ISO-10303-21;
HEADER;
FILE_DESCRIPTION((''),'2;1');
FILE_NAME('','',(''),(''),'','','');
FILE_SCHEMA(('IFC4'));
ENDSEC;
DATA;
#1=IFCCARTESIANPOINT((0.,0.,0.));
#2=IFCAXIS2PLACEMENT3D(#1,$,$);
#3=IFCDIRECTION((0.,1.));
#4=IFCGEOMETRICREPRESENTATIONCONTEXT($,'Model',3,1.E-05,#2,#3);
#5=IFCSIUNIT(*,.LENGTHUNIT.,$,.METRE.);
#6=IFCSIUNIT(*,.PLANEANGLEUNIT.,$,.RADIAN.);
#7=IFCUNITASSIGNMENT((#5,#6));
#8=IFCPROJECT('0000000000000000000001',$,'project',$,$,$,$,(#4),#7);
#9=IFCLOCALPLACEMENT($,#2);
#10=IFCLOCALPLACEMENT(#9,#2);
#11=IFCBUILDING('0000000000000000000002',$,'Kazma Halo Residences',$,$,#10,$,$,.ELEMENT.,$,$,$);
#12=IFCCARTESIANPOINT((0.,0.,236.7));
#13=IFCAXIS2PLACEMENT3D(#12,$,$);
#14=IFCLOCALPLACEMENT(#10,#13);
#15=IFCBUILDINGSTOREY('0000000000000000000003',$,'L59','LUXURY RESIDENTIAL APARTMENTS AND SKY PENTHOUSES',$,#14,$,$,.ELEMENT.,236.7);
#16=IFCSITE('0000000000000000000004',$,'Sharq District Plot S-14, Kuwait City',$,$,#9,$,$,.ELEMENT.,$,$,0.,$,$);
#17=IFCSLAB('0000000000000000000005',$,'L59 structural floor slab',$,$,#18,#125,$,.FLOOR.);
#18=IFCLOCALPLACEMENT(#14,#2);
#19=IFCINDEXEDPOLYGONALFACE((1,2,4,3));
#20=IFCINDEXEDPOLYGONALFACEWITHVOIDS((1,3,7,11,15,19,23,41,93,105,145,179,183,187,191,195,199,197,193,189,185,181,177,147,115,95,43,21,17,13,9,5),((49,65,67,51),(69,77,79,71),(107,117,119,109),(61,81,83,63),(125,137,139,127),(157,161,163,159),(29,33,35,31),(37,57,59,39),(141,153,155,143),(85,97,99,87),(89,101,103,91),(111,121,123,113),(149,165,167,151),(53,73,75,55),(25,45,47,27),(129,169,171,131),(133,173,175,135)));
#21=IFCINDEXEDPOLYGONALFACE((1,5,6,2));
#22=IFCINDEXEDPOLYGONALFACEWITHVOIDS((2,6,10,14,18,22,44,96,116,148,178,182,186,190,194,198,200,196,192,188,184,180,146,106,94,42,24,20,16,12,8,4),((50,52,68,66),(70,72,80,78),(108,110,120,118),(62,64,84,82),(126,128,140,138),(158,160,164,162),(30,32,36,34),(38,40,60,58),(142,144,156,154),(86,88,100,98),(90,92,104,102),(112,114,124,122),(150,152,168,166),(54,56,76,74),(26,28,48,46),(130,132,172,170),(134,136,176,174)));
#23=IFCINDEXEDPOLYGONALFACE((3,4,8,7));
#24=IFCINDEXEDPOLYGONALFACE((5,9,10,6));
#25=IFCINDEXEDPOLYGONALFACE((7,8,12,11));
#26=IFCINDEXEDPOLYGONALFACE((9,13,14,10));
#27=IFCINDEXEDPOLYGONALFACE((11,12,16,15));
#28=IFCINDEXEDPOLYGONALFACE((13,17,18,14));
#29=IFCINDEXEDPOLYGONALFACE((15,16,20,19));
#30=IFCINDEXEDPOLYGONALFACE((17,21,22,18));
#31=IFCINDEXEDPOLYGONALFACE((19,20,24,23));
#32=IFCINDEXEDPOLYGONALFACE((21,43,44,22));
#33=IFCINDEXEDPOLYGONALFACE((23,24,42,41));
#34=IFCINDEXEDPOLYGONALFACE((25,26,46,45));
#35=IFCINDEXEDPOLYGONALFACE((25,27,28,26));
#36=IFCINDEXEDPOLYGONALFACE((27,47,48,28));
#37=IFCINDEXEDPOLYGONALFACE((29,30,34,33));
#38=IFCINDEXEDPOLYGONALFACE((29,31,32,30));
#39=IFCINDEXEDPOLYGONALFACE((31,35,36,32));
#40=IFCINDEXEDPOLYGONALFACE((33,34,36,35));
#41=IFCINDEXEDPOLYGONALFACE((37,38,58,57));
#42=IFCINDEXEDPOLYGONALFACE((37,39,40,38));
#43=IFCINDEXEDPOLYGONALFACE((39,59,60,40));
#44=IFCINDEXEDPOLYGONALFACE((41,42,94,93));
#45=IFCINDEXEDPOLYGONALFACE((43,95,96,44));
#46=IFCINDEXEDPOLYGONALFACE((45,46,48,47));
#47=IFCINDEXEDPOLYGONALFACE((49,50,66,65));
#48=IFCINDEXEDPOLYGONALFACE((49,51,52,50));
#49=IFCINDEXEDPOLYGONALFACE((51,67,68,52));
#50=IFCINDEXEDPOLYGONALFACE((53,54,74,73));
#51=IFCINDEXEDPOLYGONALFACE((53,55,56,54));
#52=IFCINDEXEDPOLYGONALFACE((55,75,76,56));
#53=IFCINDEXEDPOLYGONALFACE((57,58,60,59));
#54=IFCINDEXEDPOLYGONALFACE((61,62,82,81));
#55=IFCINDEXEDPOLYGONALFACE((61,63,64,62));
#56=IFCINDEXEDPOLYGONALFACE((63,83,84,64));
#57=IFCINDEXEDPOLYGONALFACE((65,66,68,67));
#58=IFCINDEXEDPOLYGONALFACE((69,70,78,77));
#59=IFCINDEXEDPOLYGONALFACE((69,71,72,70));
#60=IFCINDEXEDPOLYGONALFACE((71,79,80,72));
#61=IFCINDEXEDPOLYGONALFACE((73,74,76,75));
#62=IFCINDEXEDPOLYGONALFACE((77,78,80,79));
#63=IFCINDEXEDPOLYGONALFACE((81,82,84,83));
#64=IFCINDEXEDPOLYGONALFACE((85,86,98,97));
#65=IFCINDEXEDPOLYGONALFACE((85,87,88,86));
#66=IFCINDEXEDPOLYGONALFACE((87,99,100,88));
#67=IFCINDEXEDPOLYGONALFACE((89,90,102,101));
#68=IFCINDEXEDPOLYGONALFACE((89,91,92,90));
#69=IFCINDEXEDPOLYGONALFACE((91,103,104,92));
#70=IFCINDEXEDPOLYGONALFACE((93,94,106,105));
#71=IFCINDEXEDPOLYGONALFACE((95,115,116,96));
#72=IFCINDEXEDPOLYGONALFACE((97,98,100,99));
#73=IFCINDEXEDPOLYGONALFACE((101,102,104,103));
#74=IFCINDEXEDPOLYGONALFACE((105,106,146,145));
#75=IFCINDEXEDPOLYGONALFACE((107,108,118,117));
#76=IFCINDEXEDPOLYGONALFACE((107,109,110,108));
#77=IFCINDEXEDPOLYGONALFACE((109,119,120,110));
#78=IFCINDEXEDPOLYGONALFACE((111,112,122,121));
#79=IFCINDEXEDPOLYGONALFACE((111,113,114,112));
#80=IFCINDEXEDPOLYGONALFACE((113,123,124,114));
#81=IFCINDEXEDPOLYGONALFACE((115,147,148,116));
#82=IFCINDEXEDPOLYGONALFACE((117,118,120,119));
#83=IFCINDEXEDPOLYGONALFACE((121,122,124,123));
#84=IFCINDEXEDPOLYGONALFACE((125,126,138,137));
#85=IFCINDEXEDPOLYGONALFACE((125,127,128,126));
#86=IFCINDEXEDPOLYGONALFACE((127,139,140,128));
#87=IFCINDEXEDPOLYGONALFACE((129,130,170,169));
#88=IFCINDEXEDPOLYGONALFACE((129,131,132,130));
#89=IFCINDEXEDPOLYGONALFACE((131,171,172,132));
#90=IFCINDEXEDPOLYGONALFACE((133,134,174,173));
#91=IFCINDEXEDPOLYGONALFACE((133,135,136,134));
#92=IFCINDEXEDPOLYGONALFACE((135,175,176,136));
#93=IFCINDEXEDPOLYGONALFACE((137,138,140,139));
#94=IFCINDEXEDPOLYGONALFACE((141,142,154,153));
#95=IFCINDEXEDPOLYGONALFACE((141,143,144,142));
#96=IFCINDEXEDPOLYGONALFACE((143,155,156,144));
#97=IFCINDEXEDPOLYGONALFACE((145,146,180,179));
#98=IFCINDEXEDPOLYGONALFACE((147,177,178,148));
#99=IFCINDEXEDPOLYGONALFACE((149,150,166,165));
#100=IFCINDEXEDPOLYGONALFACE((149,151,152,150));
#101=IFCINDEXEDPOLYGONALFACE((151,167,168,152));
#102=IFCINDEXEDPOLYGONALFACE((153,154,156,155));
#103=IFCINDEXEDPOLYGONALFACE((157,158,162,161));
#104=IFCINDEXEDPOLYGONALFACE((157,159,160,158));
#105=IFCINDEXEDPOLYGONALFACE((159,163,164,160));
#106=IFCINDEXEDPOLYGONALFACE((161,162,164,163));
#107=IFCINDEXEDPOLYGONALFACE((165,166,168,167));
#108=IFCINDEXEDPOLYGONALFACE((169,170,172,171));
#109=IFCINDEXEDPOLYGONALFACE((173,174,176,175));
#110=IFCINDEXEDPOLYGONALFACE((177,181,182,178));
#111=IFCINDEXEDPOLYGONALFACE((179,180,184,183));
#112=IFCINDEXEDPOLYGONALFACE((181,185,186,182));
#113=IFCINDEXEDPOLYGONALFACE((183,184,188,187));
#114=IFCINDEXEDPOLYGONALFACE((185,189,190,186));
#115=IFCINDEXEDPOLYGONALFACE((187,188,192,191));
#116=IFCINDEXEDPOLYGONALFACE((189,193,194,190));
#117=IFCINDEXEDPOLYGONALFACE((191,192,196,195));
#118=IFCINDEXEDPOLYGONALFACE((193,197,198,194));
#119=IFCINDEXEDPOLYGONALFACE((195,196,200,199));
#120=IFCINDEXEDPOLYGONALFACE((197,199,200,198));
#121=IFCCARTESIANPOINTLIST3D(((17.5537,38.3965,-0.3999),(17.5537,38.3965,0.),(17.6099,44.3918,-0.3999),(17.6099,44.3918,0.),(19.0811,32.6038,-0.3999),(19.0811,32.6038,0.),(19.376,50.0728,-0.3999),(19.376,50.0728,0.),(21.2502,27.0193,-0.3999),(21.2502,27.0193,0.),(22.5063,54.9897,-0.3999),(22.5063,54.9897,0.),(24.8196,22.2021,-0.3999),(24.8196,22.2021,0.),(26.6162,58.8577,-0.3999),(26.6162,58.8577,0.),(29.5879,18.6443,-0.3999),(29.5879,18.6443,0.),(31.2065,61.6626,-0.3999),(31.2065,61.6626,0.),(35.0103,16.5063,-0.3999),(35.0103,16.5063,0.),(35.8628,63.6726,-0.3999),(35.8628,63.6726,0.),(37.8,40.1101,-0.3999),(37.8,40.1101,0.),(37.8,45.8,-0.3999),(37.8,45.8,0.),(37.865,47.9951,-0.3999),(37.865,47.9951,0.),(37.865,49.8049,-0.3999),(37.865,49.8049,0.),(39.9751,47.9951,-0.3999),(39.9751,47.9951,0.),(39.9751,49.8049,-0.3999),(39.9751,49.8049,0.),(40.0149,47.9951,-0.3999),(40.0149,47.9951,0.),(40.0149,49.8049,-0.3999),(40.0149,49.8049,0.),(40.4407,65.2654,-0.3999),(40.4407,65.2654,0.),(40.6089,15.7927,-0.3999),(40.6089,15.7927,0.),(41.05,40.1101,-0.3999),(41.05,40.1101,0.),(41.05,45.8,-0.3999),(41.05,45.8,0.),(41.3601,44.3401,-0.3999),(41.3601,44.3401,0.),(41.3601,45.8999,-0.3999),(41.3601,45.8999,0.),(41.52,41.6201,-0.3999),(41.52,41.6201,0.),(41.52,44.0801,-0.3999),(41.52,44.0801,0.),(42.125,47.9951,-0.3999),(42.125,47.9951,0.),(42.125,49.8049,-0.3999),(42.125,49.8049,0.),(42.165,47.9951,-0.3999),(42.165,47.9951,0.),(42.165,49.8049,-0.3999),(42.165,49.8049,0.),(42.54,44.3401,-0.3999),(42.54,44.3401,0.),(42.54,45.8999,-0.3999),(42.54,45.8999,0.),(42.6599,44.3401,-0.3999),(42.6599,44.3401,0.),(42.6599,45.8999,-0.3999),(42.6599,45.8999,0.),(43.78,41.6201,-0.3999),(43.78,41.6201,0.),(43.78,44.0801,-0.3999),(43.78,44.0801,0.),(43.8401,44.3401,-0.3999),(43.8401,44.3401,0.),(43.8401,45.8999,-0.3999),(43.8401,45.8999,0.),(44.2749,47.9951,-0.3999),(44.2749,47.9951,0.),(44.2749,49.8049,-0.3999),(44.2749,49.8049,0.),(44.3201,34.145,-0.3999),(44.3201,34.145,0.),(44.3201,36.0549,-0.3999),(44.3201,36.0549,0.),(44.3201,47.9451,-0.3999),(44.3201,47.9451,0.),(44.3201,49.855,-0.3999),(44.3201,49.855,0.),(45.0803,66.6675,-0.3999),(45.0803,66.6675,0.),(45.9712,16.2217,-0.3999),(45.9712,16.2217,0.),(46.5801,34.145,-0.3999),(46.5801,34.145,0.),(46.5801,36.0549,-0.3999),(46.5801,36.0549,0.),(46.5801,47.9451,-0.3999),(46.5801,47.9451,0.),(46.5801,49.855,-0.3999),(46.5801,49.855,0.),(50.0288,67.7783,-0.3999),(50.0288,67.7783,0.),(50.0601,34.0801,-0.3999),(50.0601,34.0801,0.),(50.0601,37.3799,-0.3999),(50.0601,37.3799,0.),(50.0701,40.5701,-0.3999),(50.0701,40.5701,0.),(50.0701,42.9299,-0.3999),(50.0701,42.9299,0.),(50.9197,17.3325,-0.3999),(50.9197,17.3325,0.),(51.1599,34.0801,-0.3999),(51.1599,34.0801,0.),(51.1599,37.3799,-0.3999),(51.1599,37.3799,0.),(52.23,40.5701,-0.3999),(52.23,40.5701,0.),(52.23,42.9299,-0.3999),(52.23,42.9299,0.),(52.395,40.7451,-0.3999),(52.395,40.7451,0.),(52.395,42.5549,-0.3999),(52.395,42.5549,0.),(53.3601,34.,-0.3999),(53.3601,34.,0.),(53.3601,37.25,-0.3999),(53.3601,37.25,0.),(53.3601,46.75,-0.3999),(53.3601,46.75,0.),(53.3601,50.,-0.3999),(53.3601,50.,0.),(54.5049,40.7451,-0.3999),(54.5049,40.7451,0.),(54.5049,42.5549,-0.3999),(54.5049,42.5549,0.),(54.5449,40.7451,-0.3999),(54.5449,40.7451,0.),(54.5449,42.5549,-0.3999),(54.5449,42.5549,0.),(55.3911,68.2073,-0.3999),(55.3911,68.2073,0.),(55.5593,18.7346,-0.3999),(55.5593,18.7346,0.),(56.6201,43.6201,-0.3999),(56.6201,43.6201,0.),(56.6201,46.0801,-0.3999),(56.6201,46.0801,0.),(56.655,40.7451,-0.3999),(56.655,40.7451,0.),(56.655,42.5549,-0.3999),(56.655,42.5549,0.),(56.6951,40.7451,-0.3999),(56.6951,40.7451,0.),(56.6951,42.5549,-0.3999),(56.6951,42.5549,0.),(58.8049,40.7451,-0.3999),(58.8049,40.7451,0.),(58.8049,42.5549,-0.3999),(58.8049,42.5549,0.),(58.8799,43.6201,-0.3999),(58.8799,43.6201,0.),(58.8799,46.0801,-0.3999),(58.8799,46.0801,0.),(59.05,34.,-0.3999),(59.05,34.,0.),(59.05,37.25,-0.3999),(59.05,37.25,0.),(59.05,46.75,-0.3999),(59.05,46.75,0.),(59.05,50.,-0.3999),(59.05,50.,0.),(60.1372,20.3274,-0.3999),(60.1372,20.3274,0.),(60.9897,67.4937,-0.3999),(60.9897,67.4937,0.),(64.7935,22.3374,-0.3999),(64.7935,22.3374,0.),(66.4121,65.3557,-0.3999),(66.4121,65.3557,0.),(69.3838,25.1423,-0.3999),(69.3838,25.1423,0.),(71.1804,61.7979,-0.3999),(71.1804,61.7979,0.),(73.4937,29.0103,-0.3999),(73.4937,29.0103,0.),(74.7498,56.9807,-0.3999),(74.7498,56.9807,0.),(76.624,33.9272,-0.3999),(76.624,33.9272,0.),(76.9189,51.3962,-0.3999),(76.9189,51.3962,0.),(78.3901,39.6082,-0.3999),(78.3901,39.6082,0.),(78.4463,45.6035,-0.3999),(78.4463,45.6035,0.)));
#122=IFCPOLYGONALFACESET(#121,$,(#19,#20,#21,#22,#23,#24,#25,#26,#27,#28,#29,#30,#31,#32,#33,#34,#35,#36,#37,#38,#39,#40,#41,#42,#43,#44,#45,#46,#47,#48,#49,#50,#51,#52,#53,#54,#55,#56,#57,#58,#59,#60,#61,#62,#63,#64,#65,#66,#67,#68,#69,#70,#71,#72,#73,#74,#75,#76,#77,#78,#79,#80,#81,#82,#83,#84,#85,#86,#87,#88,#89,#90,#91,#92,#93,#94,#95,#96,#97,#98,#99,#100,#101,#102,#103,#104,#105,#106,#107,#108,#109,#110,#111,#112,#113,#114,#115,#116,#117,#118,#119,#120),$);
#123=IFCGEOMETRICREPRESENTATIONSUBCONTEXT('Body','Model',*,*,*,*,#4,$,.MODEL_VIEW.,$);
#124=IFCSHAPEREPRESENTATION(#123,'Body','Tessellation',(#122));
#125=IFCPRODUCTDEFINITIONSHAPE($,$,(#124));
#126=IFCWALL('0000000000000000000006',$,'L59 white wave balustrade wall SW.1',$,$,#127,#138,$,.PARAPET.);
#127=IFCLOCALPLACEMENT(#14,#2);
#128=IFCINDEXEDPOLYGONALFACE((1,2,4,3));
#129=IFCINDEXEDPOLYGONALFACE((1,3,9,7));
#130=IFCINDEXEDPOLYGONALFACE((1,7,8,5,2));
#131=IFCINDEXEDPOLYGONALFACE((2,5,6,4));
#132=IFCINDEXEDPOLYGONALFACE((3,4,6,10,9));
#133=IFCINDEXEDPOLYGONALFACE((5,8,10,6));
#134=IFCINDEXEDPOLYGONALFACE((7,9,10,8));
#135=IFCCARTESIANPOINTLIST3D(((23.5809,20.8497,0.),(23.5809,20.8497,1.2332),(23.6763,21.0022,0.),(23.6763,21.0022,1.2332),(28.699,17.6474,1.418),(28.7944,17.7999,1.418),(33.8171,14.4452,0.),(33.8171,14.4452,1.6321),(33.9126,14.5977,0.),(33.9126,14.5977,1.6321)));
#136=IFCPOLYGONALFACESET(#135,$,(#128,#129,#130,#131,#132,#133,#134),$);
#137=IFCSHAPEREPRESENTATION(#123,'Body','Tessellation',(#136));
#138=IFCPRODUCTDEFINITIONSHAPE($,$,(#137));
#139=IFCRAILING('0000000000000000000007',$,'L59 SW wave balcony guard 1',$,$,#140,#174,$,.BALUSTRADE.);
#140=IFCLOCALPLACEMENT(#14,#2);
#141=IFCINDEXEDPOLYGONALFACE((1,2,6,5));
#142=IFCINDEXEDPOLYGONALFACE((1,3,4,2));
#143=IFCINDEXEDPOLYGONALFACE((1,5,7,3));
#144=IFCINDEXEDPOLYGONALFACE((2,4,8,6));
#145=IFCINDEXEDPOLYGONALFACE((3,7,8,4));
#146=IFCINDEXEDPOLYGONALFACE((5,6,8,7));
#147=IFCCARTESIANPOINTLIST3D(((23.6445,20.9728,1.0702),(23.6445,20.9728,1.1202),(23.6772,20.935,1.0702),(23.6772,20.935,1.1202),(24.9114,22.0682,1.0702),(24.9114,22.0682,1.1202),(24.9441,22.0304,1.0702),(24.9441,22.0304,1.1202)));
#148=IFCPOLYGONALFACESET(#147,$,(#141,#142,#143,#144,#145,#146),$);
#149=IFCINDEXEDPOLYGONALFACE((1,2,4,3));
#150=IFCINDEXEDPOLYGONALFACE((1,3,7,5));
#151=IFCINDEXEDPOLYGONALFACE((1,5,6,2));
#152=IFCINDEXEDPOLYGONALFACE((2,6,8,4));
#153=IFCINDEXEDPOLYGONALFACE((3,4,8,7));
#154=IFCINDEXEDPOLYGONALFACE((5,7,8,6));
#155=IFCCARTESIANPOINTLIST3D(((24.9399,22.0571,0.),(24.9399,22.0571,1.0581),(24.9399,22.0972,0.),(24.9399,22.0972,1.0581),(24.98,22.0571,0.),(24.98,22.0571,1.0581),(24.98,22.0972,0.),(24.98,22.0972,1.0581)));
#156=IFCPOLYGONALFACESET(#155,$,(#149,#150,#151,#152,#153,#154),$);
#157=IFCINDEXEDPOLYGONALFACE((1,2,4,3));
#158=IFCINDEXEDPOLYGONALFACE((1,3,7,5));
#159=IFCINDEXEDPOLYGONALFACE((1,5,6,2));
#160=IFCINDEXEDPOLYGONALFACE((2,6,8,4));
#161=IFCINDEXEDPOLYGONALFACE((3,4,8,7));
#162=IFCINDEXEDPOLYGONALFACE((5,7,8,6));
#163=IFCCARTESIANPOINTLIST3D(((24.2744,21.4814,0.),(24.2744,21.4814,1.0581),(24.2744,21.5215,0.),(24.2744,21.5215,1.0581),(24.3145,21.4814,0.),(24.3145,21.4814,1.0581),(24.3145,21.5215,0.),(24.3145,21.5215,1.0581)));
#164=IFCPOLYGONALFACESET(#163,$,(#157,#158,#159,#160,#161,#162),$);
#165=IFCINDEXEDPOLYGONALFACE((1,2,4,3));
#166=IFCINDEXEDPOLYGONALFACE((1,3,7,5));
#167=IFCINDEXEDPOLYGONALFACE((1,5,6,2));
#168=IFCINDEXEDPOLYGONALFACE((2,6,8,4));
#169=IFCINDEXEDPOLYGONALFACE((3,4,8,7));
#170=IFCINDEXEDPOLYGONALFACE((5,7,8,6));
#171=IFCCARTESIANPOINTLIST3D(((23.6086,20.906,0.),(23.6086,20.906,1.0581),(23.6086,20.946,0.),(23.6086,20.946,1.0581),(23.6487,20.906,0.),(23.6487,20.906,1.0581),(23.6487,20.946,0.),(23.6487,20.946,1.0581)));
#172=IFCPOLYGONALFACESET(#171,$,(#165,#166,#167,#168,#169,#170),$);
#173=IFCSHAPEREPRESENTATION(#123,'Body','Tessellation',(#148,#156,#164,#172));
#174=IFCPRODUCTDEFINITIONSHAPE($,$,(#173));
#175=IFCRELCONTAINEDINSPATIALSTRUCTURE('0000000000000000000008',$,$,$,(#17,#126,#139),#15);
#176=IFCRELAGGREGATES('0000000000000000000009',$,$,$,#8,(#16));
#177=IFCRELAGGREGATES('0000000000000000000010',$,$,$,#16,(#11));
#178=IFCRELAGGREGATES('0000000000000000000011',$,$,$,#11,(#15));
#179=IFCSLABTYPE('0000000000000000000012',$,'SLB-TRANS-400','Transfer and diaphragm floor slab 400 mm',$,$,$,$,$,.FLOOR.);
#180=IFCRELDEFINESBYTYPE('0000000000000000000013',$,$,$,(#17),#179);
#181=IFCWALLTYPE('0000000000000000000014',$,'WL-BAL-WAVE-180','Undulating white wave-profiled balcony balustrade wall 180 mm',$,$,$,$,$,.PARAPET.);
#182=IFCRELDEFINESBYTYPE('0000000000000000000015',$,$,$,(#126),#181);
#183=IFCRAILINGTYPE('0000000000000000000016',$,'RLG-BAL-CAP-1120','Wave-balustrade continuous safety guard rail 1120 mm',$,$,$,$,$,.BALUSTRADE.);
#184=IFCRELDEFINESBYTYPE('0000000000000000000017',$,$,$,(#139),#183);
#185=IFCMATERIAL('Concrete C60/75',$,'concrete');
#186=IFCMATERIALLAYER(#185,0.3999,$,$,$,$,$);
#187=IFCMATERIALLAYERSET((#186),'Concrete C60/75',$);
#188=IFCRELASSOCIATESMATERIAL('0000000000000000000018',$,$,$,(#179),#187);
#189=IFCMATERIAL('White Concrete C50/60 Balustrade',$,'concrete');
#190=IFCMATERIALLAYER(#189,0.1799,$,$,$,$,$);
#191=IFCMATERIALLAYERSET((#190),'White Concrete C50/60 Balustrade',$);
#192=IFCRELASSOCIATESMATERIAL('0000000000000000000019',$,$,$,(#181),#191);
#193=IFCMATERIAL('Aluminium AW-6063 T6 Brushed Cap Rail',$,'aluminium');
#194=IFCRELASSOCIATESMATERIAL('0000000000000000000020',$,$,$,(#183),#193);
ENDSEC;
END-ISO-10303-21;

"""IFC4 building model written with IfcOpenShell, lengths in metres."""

from ifc_helpers import new_model, si_unit, direction, frame, origin, origin_2d, place, context, subcontext, project, spatial, polyline, rectangle, outline, extrude, material, layer, layer_set, type_object, element, save


model = new_model("IFC4")

# Units and contexts
model_context = context("Model", 3, precision=1e-05, world=origin(), true_north=direction((0.0, 1.0)))
body_context = subcontext(model_context, "Body", "Model", "MODEL_VIEW")
ifc_project = project(units=[si_unit("LENGTHUNIT", "METRE"), si_unit("PLANEANGLEUNIT", "RADIAN")], contexts=[model_context])

# Site, building, storey
site_placement = place(None, origin())
site = spatial("IfcSite", under=ifc_project, at=site_placement, Name="Sharq District Plot S-14, Kuwait City", CompositionType="ELEMENT", RefElevation=0.0)
building_placement = place(site_placement, origin())
building = spatial("IfcBuilding", under=site, at=building_placement, Name="Kazma Halo Residences", CompositionType="ELEMENT")
storey_placement = place(building_placement, frame((0.0, 0.0, 236.7)))
storey = spatial("IfcBuildingStorey", under=building, at=storey_placement, Name="L59", Description="LUXURY RESIDENTIAL APARTMENTS AND SKY PENTHOUSES", CompositionType="ELEMENT", Elevation=236.7)

# Shared definitions
ifc_material_1 = material(Name="Concrete C60/75", Category="concrete")

# Slab
ifc_layer_1 = layer(ifc_material_1, 0.3999)
ifc_layer_set_1 = layer_set([ifc_layer_1], Name="Concrete C60/75")
slab_type_1 = type_object("IfcSlabType", Name="SLB-TRANS-400", Description="Transfer and diaphragm floor slab 400 mm", PredefinedType="FLOOR", material=ifc_layer_set_1)
slab_1_placement = place(storey_placement, frame((0.0, 0.0, -0.3999)))
element("IfcSlab", 1, at=slab_1_placement, inside=storey, type_object=slab_type_1, Name="L59 structural floor slab", PredefinedType="FLOOR", context=body_context, shape_type="SweptSolid", body=[
    extrude(outline(polyline([(76.9189, 51.3962), (74.7498, 56.9807), (71.1804, 61.7979), (66.4121, 65.3557), (60.9897, 67.4937), (55.3911, 68.2073), (50.0288, 67.7783), (45.0803, 66.6675), (40.4407, 65.2654), (35.8628, 63.6726), (31.2065, 61.6626), (26.6162, 58.8577), (22.5063, 54.9897), (19.376, 50.0728), (17.6099, 44.3918), (17.5537, 38.3965), (19.0811, 32.6038), (21.2502, 27.0193), (24.8196, 22.2021), (29.5879, 18.6443), (35.0103, 16.5063), (40.6089, 15.7927), (45.9712, 16.2217), (50.9197, 17.3325), (55.5593, 18.7346), (60.1372, 20.3274), (64.7935, 22.3374), (69.3838, 25.1423), (73.4937, 29.0103), (76.624, 33.9272), (78.3901, 39.6082), (78.4463, 45.6035), (76.9189, 51.3962)]), holes=[polyline([(37.8, 40.1101), (41.05, 40.1101), (41.05, 45.8), (37.8, 45.8), (37.8, 40.1101)]), polyline([(53.3601, 46.75), (59.05, 46.75), (59.05, 50.0), (53.3601, 50.0), (53.3601, 46.75)]), polyline([(53.3601, 34.0), (59.05, 34.0), (59.05, 37.25), (53.3601, 37.25), (53.3601, 34.0)]), polyline([(41.52, 41.6201), (43.78, 41.6201), (43.78, 44.0801), (41.52, 44.0801), (41.52, 41.6201)]), polyline([(56.6201, 43.6201), (58.8799, 43.6201), (58.8799, 46.0801), (56.6201, 46.0801), (56.6201, 43.6201)]), polyline([(52.395, 40.7451), (54.5049, 40.7451), (54.5049, 42.5549), (52.395, 42.5549), (52.395, 40.7451)]), polyline([(54.5449, 40.7451), (56.655, 40.7451), (56.655, 42.5549), (54.5449, 42.5549), (54.5449, 40.7451)]), polyline([(56.6951, 40.7451), (58.8049, 40.7451), (58.8049, 42.5549), (56.6951, 42.5549), (56.6951, 40.7451)]), polyline([(37.865, 47.9951), (39.9751, 47.9951), (39.9751, 49.8049), (37.865, 49.8049), (37.865, 47.9951)]), polyline([(40.0149, 47.9951), (42.125, 47.9951), (42.125, 49.8049), (40.0149, 49.8049), (40.0149, 47.9951)]), polyline([(42.165, 47.9951), (44.2749, 47.9951), (44.2749, 49.8049), (42.165, 49.8049), (42.165, 47.9951)]), polyline([(44.3201, 47.9451), (46.5801, 47.9451), (46.5801, 49.855), (44.3201, 49.855), (44.3201, 47.9451)]), polyline([(44.3201, 34.145), (46.5801, 34.145), (46.5801, 36.0549), (44.3201, 36.0549), (44.3201, 34.145)]), polyline([(50.0701, 40.5701), (52.23, 40.5701), (52.23, 42.9299), (50.0701, 42.9299), (50.0701, 40.5701)]), polyline([(41.3601, 44.3401), (42.54, 44.3401), (42.54, 45.8999), (41.3601, 45.8999), (41.3601, 44.3401)]), polyline([(42.6599, 44.3401), (43.8401, 44.3401), (43.8401, 45.8999), (42.6599, 45.8999), (42.6599, 44.3401)]), polyline([(50.0601, 34.0801), (51.1599, 34.0801), (51.1599, 37.3799), (50.0601, 37.3799), (50.0601, 34.0801)])]), origin(), (0.0, 0.0, 1.0), 0.3999),
])

# Wall
ifc_material_2 = material(Name="White Concrete C50/60 Balustrade", Category="concrete")
ifc_layer_2 = layer(ifc_material_2, 0.1799)
ifc_layer_set_2 = layer_set([ifc_layer_2], Name="White Concrete C50/60 Balustrade")
wall_type_1 = type_object("IfcWallType", Name="WL-BAL-WAVE-180", Description="Undulating white wave-profiled balcony balustrade wall 180 mm", PredefinedType="PARAPET", material=ifc_layer_set_2)
wall_1_placement = place(storey_placement, frame((23.6287, 20.926, 0.0), z_axis=(0.0, 0.0, 1.0), x_axis=(0.847744, -0.530406, 0.0)))
element("IfcWall", 2, at=wall_1_placement, inside=storey, type_object=wall_type_1, Name="L59 white wave balustrade wall SW.1", PredefinedType="PARAPET", context=body_context, shape_type="SweptSolid", body=[
    extrude(outline(polyline([(0.0, 0.0), (12.0747, 0.0), (12.0747, 1.6321), (6.0374, 1.418), (0.0, 1.2332), (0.0, 0.0)])), frame((0.0, 0.0898, 0.0), z_axis=(0.0, -1.0, 0.0), x_axis=(1.0, 0.0, 0.0)), (0.0, 0.0, 1.0), 0.1799),
])

# Railing
ifc_material_3 = material(Name="Aluminium AW-6063 T6 Brushed Cap Rail", Category="aluminium")
railing_type = type_object("IfcRailingType", Name="RLG-BAL-CAP-1120", Description="Wave-balustrade continuous safety guard rail 1120 mm", PredefinedType="BALUSTRADE", material=ifc_material_3)
railing_1_placement = place(storey_placement, frame((24.96, 22.0771, 0.0)))
element("IfcRailing", 3, at=railing_1_placement, inside=storey, type_object=railing_type, Name="L59 SW wave balcony guard 1", PredefinedType="BALUSTRADE", context=body_context, shape_type="SweptSolid", body=[
    extrude(rectangle(XDim=0.05, YDim=0.05, at=origin_2d()), frame((-0.0322, -0.0278, 1.0952), z_axis=(-0.756439, -0.654064, 0.0), x_axis=(0.654064, -0.756439, 0.0)), (0.0, 0.0, 1.0), 1.6748),
    extrude(rectangle(XDim=0.04, YDim=0.04, at=origin_2d()), origin(), (0.0, 0.0, 1.0), 1.0581),
    extrude(rectangle(XDim=0.04, YDim=0.04, at=origin_2d()), frame((-0.6655, -0.5757, 0.0)), (0.0, 0.0, 1.0), 1.0581),
    extrude(rectangle(XDim=0.04, YDim=0.04, at=origin_2d()), frame((-1.3313, -1.1511, 0.0)), (0.0, 0.0, 1.0), 1.0581),
])

save(model, "model.ifc")
